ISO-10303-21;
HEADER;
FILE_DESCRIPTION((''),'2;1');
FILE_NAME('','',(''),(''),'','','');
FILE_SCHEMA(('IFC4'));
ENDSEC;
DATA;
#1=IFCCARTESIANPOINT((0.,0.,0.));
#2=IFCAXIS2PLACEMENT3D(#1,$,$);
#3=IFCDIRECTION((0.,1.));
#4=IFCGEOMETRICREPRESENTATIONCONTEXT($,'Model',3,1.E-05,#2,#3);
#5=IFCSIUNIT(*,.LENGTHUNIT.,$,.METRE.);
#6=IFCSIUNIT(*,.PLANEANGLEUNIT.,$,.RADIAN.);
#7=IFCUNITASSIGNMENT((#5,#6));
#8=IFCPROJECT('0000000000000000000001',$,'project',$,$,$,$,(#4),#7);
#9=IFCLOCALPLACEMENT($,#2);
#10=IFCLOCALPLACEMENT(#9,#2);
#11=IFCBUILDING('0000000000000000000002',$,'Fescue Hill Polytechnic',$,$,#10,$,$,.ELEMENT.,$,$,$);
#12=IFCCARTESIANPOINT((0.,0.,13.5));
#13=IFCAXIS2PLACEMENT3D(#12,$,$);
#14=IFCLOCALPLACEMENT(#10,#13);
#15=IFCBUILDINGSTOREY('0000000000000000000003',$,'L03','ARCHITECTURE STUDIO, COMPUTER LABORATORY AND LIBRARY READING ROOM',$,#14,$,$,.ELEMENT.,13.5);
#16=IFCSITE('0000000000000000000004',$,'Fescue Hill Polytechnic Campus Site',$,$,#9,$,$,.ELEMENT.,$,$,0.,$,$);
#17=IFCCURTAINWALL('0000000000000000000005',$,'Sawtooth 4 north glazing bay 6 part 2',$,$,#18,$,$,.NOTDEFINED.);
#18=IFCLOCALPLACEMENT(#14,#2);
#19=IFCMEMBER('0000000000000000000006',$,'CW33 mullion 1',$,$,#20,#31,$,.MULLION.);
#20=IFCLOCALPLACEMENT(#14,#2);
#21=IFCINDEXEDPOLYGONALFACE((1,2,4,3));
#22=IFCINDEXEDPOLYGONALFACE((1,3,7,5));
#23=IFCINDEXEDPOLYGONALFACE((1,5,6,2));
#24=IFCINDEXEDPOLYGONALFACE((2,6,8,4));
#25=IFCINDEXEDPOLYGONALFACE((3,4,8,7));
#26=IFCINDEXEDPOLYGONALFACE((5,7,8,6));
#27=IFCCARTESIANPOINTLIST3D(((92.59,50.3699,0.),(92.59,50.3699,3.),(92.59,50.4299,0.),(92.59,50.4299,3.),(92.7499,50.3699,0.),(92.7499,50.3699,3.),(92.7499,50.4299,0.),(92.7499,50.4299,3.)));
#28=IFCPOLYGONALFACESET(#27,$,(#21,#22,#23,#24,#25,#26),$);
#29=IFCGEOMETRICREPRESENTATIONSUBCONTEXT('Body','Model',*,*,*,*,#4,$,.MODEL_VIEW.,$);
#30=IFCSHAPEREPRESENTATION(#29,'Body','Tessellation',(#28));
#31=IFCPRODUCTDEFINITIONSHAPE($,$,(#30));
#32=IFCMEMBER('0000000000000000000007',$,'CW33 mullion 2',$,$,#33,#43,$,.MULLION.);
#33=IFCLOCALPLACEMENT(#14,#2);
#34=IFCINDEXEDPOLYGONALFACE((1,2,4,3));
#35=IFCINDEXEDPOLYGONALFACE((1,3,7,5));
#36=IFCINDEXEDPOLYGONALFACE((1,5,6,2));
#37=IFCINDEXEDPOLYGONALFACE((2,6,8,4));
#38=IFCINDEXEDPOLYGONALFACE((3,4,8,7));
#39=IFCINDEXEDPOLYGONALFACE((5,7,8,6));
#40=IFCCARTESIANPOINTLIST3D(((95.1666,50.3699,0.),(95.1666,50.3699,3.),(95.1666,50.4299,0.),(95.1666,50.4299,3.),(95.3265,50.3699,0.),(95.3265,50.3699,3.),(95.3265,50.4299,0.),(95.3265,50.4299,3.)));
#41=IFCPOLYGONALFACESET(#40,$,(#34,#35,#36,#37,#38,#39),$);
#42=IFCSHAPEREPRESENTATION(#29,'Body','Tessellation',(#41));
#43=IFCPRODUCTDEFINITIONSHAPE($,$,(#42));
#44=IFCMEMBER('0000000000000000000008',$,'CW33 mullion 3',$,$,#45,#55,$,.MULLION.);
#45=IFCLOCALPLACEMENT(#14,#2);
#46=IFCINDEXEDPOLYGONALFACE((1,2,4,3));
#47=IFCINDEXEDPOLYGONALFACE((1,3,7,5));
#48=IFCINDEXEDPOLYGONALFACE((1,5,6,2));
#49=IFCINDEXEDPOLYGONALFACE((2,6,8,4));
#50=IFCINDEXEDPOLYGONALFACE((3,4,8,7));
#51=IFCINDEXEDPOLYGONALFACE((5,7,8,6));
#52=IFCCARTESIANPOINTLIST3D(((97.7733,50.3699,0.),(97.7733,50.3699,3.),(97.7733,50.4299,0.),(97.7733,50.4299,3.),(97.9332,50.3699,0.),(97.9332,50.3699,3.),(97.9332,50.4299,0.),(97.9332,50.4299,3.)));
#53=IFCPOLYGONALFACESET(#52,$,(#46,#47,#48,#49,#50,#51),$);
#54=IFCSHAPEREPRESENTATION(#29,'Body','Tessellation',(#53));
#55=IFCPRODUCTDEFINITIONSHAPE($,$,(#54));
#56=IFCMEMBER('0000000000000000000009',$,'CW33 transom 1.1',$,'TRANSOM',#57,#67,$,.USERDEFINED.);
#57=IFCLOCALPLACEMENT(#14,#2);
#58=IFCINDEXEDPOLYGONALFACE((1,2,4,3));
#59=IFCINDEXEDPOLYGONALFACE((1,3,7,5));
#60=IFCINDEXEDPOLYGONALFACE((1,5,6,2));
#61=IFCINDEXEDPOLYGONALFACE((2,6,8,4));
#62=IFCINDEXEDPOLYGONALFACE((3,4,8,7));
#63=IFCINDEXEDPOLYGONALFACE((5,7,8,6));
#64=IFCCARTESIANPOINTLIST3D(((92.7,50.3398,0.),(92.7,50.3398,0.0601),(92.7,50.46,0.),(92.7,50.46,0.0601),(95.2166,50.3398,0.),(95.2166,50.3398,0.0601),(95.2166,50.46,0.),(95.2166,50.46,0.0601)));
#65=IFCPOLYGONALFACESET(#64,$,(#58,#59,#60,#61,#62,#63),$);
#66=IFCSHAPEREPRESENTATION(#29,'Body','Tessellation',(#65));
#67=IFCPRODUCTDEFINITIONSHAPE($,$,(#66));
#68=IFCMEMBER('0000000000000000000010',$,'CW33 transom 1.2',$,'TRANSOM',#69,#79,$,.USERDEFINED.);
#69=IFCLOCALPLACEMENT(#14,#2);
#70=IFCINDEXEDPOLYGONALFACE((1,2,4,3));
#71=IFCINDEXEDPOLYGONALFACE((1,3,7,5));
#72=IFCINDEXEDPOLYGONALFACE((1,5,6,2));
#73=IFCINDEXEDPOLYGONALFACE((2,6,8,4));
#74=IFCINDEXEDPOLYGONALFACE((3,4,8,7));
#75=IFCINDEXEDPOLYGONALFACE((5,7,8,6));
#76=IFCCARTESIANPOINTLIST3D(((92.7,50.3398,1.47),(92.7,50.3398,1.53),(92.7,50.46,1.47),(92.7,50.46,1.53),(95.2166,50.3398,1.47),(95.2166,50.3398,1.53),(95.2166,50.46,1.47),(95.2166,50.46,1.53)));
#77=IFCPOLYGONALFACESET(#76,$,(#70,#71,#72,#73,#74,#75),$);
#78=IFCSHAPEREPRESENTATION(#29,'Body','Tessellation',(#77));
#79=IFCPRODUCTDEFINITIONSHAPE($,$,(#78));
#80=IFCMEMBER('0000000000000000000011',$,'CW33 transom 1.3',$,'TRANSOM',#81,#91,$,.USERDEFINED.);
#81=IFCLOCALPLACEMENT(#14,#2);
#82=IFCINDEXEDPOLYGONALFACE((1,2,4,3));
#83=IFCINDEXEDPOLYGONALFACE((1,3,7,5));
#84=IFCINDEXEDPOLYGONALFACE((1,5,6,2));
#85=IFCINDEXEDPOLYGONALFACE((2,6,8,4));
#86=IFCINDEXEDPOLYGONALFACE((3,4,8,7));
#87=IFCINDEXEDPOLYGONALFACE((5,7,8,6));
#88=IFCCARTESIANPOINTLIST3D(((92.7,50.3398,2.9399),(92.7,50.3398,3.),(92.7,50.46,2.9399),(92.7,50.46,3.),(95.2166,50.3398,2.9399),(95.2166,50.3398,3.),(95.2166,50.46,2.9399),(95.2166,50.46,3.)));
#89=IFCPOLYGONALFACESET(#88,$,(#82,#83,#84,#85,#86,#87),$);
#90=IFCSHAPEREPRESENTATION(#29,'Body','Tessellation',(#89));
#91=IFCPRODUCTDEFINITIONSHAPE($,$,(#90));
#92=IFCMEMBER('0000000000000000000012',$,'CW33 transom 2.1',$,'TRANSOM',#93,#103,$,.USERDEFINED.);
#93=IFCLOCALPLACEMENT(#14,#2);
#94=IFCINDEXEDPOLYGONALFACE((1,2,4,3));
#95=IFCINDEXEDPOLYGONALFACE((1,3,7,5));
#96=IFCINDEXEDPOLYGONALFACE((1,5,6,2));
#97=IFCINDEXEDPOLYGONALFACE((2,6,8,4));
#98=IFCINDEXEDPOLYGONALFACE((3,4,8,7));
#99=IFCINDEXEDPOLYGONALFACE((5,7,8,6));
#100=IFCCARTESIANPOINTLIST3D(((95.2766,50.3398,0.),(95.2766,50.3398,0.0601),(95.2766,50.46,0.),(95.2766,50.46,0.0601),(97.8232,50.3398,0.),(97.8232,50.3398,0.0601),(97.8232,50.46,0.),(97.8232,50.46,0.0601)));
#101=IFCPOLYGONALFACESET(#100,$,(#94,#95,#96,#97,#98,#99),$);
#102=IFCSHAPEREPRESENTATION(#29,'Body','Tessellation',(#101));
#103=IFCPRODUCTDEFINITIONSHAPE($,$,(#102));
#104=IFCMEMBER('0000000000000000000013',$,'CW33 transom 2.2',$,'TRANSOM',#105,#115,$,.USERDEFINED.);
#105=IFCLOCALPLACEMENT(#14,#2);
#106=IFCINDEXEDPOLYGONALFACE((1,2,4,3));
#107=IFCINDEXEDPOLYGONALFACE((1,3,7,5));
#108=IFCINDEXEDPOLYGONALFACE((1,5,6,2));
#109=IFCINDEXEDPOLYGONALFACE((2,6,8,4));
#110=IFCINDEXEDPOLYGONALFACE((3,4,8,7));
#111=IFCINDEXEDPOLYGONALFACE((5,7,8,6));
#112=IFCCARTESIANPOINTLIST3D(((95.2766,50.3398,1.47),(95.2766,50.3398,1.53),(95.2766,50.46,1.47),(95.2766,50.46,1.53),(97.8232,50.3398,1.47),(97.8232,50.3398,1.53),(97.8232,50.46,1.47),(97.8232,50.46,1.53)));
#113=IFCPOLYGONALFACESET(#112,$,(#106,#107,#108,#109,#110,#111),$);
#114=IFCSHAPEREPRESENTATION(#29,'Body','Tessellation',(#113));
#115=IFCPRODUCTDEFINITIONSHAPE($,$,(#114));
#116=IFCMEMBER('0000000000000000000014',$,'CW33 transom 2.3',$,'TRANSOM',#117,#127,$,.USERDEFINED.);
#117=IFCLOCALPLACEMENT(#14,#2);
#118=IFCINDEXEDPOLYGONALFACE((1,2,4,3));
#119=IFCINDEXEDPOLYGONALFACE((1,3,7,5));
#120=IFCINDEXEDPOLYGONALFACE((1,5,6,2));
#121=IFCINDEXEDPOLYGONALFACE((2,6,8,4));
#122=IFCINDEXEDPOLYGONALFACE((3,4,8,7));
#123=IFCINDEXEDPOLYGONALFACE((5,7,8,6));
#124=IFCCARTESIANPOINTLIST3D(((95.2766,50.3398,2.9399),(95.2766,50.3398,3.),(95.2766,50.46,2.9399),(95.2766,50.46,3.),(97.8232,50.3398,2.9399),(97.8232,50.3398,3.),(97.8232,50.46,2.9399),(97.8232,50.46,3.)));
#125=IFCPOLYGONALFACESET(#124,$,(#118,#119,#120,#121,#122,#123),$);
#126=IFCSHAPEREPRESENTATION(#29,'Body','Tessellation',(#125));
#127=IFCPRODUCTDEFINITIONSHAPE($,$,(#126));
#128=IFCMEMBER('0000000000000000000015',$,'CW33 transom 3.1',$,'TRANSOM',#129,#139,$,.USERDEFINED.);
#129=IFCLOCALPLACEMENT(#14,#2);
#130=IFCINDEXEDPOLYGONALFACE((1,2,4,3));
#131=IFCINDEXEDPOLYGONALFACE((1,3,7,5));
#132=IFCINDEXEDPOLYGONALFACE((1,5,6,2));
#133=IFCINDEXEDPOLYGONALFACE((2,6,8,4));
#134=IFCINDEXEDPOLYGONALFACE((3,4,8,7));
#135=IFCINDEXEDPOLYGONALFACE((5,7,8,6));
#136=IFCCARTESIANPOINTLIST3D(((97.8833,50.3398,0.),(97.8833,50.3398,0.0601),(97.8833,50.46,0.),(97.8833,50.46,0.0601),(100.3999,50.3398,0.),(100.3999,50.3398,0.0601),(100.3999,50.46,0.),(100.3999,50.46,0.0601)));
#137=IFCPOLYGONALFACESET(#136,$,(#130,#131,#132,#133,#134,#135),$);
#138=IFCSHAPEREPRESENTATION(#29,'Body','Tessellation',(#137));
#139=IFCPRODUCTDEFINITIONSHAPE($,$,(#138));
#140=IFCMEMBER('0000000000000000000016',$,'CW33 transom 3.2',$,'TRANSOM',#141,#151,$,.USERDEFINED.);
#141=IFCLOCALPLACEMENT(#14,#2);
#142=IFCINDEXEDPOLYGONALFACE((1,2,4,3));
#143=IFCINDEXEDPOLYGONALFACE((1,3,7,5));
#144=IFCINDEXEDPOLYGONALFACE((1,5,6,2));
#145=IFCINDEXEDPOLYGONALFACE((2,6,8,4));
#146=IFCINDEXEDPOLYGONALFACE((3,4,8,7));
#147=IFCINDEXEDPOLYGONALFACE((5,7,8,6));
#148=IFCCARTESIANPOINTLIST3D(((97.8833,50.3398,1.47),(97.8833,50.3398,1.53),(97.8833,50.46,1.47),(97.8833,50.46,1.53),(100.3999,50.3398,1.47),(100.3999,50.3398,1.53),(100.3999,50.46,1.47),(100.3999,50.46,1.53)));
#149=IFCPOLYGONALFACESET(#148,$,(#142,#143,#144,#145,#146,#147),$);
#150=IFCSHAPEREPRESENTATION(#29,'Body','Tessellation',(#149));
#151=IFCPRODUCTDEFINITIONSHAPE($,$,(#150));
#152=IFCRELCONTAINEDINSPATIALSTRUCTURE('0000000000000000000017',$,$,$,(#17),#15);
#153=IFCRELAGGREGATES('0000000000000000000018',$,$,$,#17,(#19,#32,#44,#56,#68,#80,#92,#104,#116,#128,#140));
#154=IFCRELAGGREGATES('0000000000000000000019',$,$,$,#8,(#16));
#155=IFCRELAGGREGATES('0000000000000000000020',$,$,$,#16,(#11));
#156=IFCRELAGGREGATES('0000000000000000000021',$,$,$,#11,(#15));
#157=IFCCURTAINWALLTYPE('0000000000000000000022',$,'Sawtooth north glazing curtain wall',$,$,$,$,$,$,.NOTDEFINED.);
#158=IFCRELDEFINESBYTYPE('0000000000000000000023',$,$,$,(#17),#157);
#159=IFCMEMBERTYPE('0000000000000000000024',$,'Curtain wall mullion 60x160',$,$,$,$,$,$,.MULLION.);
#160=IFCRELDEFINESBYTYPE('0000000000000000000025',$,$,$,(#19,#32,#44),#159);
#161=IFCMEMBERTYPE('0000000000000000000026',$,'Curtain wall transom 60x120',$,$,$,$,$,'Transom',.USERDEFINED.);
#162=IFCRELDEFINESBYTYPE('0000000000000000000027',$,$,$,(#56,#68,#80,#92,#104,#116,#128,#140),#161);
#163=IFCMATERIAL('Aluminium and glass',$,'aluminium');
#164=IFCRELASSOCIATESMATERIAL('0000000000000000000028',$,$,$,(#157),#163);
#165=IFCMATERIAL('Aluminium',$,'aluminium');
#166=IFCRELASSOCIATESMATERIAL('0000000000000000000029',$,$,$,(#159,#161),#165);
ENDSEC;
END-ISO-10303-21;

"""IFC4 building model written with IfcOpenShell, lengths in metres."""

from ifc_helpers import new_model, si_unit, direction, frame, origin, origin_2d, place, context, subcontext, project, spatial, rectangle, extrude, material, material_profile, profile_set, type_object, element, aggregate, save


model = new_model("IFC4")

# Units and contexts
model_context = context("Model", 3, precision=1e-05, world=origin(), true_north=direction((0.0, 1.0)))
body_context = subcontext(model_context, "Body", "Model", "MODEL_VIEW")
ifc_project = project(units=[si_unit("LENGTHUNIT", "METRE"), si_unit("PLANEANGLEUNIT", "RADIAN")], contexts=[model_context])

# Site, building, storey
site_placement = place(None, origin())
site = spatial("IfcSite", under=ifc_project, at=site_placement, Name="Fescue Hill Polytechnic Campus Site", CompositionType="ELEMENT", RefElevation=0.0)
building_placement = place(site_placement, origin())
building = spatial("IfcBuilding", under=site, at=building_placement, Name="Fescue Hill Polytechnic", CompositionType="ELEMENT")
storey_placement = place(building_placement, frame((0.0, 0.0, 13.5)))
storey = spatial("IfcBuildingStorey", under=building, at=storey_placement, Name="L03", Description="ARCHITECTURE STUDIO, COMPUTER LABORATORY AND LIBRARY READING ROOM", CompositionType="ELEMENT", Elevation=13.5)

# Curtain wall, members
ifc_material_1 = material(Name="Aluminium and glass", Category="aluminium")
curtain_wall_type = type_object("IfcCurtainWallType", Name="Sawtooth north glazing curtain wall", PredefinedType="NOTDEFINED", material=ifc_material_1)
curtain_wall_placement = place(storey_placement, origin())
curtain_wall = element("IfcCurtainWall", 1, at=curtain_wall_placement, inside=storey, type_object=curtain_wall_type, Name="Sawtooth 4 north glazing bay 6 part 2", PredefinedType="NOTDEFINED")
ifc_material_2 = material(Name="Aluminium", Category="aluminium")
ifc_material_profile_1 = material_profile(ifc_material_2, rectangle(XDim=0.0601, YDim=0.1599, at=origin_2d()), Name="Curtain wall mullion 60x160")
ifc_profile_set_1 = profile_set([ifc_material_profile_1], Name="Aluminium")
member_type_1 = type_object("IfcMemberType", Name="Curtain wall mullion 60x160", PredefinedType="MULLION", material=ifc_profile_set_1)
member_1_placement = place(storey_placement, frame((92.6699, 50.3999, 0.0), z_axis=(0.0, 0.0, 1.0), x_axis=(0.0, 1.0, 0.0)))
member_1 = element("IfcMember", 2, at=member_1_placement, type_object=member_type_1, Name="CW33 mullion 1", PredefinedType="MULLION", context=body_context, shape_type="SweptSolid", body=[
    extrude(rectangle(XDim=0.0601, YDim=0.1599, at=origin_2d()), origin(), (0.0, 0.0, 1.0), 3.0),
])
member_2_placement = place(storey_placement, frame((95.2466, 50.3999, 0.0), z_axis=(0.0, 0.0, 1.0), x_axis=(0.0, 1.0, 0.0)))
member_2 = element("IfcMember", 3, at=member_2_placement, type_object=member_type_1, Name="CW33 mullion 2", PredefinedType="MULLION", context=body_context, shape_type="SweptSolid", body=[
    extrude(rectangle(XDim=0.0601, YDim=0.1599, at=origin_2d()), origin(), (0.0, 0.0, 1.0), 3.0),
])
member_3_placement = place(storey_placement, frame((97.8533, 50.3999, 0.0), z_axis=(0.0, 0.0, 1.0), x_axis=(0.0, 1.0, 0.0)))
member_3 = element("IfcMember", 4, at=member_3_placement, type_object=member_type_1, Name="CW33 mullion 3", PredefinedType="MULLION", context=body_context, shape_type="SweptSolid", body=[
    extrude(rectangle(XDim=0.0601, YDim=0.1599, at=origin_2d()), origin(), (0.0, 0.0, 1.0), 3.0),
])
ifc_material_profile_2 = material_profile(ifc_material_2, rectangle(XDim=0.1201, YDim=0.0601, at=origin_2d()), Name="Curtain wall transom 60x120")
ifc_profile_set_2 = profile_set([ifc_material_profile_2], Name="Aluminium")
member_type_2 = type_object("IfcMemberType", Name="Curtain wall transom 60x120", ElementType="Transom", PredefinedType="USERDEFINED", material=ifc_profile_set_2)
member_4_placement = place(storey_placement, frame((92.7, 50.3999, 0.03), z_axis=(1.0, 0.0, 0.0), x_axis=(0.0, 1.0, 0.0)))
member_4 = element("IfcMember", 5, at=member_4_placement, type_object=member_type_2, Name="CW33 transom 1.1", ObjectType="TRANSOM", PredefinedType="USERDEFINED", context=body_context, shape_type="SweptSolid", body=[
    extrude(rectangle(XDim=0.1201, YDim=0.0601, at=origin_2d()), origin(), (0.0, 0.0, 1.0), 2.5166),
])
member_5_placement = place(storey_placement, frame((92.7, 50.3999, 1.5), z_axis=(1.0, 0.0, 0.0), x_axis=(0.0, 1.0, 0.0)))
member_5 = element("IfcMember", 6, at=member_5_placement, type_object=member_type_2, Name="CW33 transom 1.2", ObjectType="TRANSOM", PredefinedType="USERDEFINED", context=body_context, shape_type="SweptSolid", body=[
    extrude(rectangle(XDim=0.1201, YDim=0.0601, at=origin_2d()), origin(), (0.0, 0.0, 1.0), 2.5166),
])
member_6_placement = place(storey_placement, frame((92.7, 50.3999, 2.97), z_axis=(1.0, 0.0, 0.0), x_axis=(0.0, 1.0, 0.0)))
member_6 = element("IfcMember", 7, at=member_6_placement, type_object=member_type_2, Name="CW33 transom 1.3", ObjectType="TRANSOM", PredefinedType="USERDEFINED", context=body_context, shape_type="SweptSolid", body=[
    extrude(rectangle(XDim=0.1201, YDim=0.0601, at=origin_2d()), origin(), (0.0, 0.0, 1.0), 2.5166),
])
member_7_placement = place(storey_placement, frame((95.2766, 50.3999, 0.03), z_axis=(1.0, 0.0, 0.0), x_axis=(0.0, 1.0, 0.0)))
member_7 = element("IfcMember", 8, at=member_7_placement, type_object=member_type_2, Name="CW33 transom 2.1", ObjectType="TRANSOM", PredefinedType="USERDEFINED", context=body_context, shape_type="SweptSolid", body=[
    extrude(rectangle(XDim=0.1201, YDim=0.0601, at=origin_2d()), origin(), (0.0, 0.0, 1.0), 2.5466),
])
member_8_placement = place(storey_placement, frame((95.2766, 50.3999, 1.5), z_axis=(1.0, 0.0, 0.0), x_axis=(0.0, 1.0, 0.0)))
member_8 = element("IfcMember", 9, at=member_8_placement, type_object=member_type_2, Name="CW33 transom 2.2", ObjectType="TRANSOM", PredefinedType="USERDEFINED", context=body_context, shape_type="SweptSolid", body=[
    extrude(rectangle(XDim=0.1201, YDim=0.0601, at=origin_2d()), origin(), (0.0, 0.0, 1.0), 2.5466),
])
member_9_placement = place(storey_placement, frame((95.2766, 50.3999, 2.97), z_axis=(1.0, 0.0, 0.0), x_axis=(0.0, 1.0, 0.0)))
member_9 = element("IfcMember", 10, at=member_9_placement, type_object=member_type_2, Name="CW33 transom 2.3", ObjectType="TRANSOM", PredefinedType="USERDEFINED", context=body_context, shape_type="SweptSolid", body=[
    extrude(rectangle(XDim=0.1201, YDim=0.0601, at=origin_2d()), origin(), (0.0, 0.0, 1.0), 2.5466),
])
member_10_placement = place(storey_placement, frame((97.8833, 50.3999, 0.03), z_axis=(1.0, 0.0, 0.0), x_axis=(0.0, 1.0, 0.0)))
member_10 = element("IfcMember", 11, at=member_10_placement, type_object=member_type_2, Name="CW33 transom 3.1", ObjectType="TRANSOM", PredefinedType="USERDEFINED", context=body_context, shape_type="SweptSolid", body=[
    extrude(rectangle(XDim=0.1201, YDim=0.0601, at=origin_2d()), origin(), (0.0, 0.0, 1.0), 2.5166),
])
member_11_placement = place(storey_placement, frame((97.8833, 50.3999, 1.5), z_axis=(1.0, 0.0, 0.0), x_axis=(0.0, 1.0, 0.0)))
member_11 = element("IfcMember", 12, at=member_11_placement, type_object=member_type_2, Name="CW33 transom 3.2", ObjectType="TRANSOM", PredefinedType="USERDEFINED", context=body_context, shape_type="SweptSolid", body=[
    extrude(rectangle(XDim=0.1201, YDim=0.0601, at=origin_2d()), origin(), (0.0, 0.0, 1.0), 2.5166),
])

aggregate(curtain_wall, [member_1, member_2, member_3, member_4, member_5, member_6, member_7, member_8, member_9, member_10, member_11])

save(model, "model.ifc")
